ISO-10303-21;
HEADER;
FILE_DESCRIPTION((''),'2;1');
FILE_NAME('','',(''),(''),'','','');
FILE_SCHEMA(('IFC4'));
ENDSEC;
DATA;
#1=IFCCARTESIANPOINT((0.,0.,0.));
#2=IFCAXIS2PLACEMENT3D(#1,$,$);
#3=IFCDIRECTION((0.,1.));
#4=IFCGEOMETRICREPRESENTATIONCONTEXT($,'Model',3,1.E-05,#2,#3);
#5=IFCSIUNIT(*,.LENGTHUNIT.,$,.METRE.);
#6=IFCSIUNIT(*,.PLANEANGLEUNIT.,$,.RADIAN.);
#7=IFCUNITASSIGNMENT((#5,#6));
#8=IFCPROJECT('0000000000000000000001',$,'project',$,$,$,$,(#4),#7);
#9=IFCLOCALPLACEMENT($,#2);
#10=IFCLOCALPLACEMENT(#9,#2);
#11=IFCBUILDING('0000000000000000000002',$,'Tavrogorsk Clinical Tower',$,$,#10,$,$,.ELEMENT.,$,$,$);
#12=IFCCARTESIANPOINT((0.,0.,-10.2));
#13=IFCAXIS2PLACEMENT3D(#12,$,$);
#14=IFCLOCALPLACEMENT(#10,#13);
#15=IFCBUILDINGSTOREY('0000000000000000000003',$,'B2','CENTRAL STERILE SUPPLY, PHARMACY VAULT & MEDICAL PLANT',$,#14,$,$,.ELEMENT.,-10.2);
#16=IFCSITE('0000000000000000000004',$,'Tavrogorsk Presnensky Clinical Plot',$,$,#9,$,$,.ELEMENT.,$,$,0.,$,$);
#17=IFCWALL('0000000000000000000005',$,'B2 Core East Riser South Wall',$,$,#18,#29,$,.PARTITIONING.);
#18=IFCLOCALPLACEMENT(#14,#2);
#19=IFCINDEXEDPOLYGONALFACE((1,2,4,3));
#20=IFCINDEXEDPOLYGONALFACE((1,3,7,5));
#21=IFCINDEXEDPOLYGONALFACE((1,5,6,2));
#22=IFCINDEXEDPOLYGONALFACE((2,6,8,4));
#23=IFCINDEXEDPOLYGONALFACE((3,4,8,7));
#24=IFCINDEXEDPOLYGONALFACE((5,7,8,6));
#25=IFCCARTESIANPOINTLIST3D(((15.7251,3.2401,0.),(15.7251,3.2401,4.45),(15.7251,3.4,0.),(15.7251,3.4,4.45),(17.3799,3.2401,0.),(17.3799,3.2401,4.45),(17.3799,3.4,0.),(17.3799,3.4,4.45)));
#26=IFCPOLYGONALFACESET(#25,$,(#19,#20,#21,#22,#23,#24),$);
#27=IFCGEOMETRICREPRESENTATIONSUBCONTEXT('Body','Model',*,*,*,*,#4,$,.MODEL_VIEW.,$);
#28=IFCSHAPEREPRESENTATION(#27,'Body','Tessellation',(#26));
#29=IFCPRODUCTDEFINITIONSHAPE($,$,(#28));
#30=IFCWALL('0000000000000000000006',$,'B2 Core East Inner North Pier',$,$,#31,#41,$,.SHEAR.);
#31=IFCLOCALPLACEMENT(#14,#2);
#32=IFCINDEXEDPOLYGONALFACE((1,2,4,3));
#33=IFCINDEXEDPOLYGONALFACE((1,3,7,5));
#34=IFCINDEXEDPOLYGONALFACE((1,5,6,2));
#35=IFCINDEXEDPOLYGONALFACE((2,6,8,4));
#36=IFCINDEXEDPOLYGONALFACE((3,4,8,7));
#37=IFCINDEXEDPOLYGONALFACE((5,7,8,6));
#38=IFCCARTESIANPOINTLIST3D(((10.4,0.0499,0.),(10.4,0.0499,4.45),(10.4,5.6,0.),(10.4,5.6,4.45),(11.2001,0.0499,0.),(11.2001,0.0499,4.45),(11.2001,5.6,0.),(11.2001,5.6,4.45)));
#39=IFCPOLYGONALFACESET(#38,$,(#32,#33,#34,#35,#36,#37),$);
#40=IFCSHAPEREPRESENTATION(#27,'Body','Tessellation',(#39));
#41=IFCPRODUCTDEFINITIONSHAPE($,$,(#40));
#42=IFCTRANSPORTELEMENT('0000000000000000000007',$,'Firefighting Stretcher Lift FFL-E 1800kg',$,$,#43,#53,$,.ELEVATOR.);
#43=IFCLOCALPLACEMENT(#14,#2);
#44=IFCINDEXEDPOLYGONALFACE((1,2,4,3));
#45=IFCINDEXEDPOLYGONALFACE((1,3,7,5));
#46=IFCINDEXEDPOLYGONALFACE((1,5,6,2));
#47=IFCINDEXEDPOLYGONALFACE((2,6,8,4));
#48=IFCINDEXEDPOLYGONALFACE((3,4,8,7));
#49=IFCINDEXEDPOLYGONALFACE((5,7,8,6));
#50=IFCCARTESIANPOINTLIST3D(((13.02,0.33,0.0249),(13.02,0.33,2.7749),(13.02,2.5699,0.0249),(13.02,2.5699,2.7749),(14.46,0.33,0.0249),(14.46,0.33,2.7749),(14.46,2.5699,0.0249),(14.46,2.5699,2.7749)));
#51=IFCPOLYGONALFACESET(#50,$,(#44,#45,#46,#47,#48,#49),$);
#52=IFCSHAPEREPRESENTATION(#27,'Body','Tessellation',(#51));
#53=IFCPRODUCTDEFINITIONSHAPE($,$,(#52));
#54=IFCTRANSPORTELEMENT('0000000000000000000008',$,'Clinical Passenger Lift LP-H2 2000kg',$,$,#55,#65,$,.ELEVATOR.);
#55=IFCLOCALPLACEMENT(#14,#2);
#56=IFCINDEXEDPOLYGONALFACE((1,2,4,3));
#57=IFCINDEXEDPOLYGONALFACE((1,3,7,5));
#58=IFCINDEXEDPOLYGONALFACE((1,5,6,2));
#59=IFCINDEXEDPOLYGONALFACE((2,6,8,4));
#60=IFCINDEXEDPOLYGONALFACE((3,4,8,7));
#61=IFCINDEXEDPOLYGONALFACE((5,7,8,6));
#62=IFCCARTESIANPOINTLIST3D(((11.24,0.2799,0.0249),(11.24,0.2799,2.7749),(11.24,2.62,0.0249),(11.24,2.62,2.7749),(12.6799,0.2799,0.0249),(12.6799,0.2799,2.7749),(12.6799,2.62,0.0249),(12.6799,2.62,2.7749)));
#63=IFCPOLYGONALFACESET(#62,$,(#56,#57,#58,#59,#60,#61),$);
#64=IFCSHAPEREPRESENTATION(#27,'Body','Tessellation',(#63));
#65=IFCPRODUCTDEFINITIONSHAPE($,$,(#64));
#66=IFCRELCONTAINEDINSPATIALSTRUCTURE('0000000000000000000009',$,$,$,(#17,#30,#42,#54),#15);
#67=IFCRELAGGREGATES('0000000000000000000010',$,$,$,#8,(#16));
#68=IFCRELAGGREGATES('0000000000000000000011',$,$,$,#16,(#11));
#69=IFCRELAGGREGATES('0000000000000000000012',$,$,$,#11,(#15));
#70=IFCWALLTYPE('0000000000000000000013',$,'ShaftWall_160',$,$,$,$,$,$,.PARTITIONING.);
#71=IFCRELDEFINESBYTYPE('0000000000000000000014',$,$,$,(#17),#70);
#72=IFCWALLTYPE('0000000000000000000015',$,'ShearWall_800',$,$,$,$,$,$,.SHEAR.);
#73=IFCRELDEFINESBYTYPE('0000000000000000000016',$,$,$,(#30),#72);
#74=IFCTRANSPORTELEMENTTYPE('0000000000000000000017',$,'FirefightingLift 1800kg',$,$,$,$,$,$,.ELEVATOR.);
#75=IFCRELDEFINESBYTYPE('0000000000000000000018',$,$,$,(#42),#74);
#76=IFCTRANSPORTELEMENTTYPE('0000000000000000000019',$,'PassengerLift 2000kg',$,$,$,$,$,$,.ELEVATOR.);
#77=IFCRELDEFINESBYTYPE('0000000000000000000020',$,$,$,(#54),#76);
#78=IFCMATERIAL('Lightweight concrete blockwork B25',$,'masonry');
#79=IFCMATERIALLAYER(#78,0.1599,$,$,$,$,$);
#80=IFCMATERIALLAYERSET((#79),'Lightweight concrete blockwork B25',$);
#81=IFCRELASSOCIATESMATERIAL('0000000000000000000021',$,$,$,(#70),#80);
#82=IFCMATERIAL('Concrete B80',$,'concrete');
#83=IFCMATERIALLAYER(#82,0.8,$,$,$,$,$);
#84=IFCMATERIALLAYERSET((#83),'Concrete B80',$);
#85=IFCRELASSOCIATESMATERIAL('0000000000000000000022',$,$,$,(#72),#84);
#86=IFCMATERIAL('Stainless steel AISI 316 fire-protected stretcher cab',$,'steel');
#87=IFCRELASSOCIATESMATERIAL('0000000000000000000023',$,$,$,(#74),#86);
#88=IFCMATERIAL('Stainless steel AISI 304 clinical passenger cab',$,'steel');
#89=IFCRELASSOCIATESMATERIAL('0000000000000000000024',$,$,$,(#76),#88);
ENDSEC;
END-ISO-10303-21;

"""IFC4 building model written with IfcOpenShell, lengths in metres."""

from ifc_helpers import new_model, si_unit, direction, frame, frame_2d, origin, origin_2d, place, context, subcontext, project, spatial, rectangle, extrude, material, layer, layer_set, type_object, element, save


model = new_model("IFC4")

# Units and contexts
model_context = context("Model", 3, precision=1e-05, world=origin(), true_north=direction((0.0, 1.0)))
body_context = subcontext(model_context, "Body", "Model", "MODEL_VIEW")
ifc_project = project(units=[si_unit("LENGTHUNIT", "METRE"), si_unit("PLANEANGLEUNIT", "RADIAN")], contexts=[model_context])

# Site, building, storey
site_placement = place(None, origin())
site = spatial("IfcSite", under=ifc_project, at=site_placement, Name="Tavrogorsk Presnensky Clinical Plot", CompositionType="ELEMENT", RefElevation=0.0)
building_placement = place(site_placement, origin())
building = spatial("IfcBuilding", under=site, at=building_placement, Name="Tavrogorsk Clinical Tower", CompositionType="ELEMENT")
storey_placement = place(building_placement, frame((0.0, 0.0, -10.2)))
storey = spatial("IfcBuildingStorey", under=building, at=storey_placement, Name="B2", Description="CENTRAL STERILE SUPPLY, PHARMACY VAULT & MEDICAL PLANT", CompositionType="ELEMENT", Elevation=-10.2)

# Shared definitions
ifc_material_1 = material(Name="Lightweight concrete blockwork B25", Category="masonry")
ifc_layer_1 = layer(ifc_material_1, 0.1599)
ifc_layer_set_1 = layer_set([ifc_layer_1], Name="Lightweight concrete blockwork B25")
wall_type_1 = type_object("IfcWallType", Name="ShaftWall_160", PredefinedType="PARTITIONING", material=ifc_layer_set_1)

# Walls
wall_1_placement = place(storey_placement, frame((15.7251, 3.3201, 0.0), z_axis=(0.0, 0.0, 1.0), x_axis=(1.0, 0.0, 0.0)))
element("IfcWall", 1, at=wall_1_placement, inside=storey, type_object=wall_type_1, Name="B2 Core East Riser South Wall", PredefinedType="PARTITIONING", context=body_context, shape_type="SweptSolid", body=[
    extrude(rectangle(XDim=1.6548, YDim=0.1599, at=frame_2d((0.8274, 0.0))), origin(), (0.0, 0.0, 1.0), 4.45),
])
ifc_material_2 = material(Name="Concrete B80", Category="concrete")
ifc_layer_2 = layer(ifc_material_2, 0.8)
ifc_layer_set_2 = layer_set([ifc_layer_2], Name="Concrete B80")
wall_type_2 = type_object("IfcWallType", Name="ShearWall_800", PredefinedType="SHEAR", material=ifc_layer_set_2)
wall_2_placement = place(storey_placement, frame((10.8, 0.05, 0.0), z_axis=(0.0, 0.0, 1.0), x_axis=(0.0, 1.0, 0.0)))
element("IfcWall", 2, at=wall_2_placement, inside=storey, type_object=wall_type_2, Name="B2 Core East Inner North Pier", PredefinedType="SHEAR", context=body_context, shape_type="SweptSolid", body=[
    extrude(rectangle(XDim=5.55, YDim=0.8, at=frame_2d((2.7749, 0.0))), origin(), (0.0, 0.0, 1.0), 4.45),
])

# Transport elements
ifc_material_3 = material(Name="Stainless steel AISI 316 fire-protected stretcher cab", Category="steel")
transport_element_type_1 = type_object("IfcTransportElementType", Name="FirefightingLift 1800kg", PredefinedType="ELEVATOR", material=ifc_material_3)
transport_element_1_placement = place(storey_placement, frame((13.74, 1.45, 0.0249), z_axis=(0.0, 0.0, 1.0), x_axis=(1.0, 0.0, 0.0)))
element("IfcTransportElement", 3, at=transport_element_1_placement, inside=storey, type_object=transport_element_type_1, Name="Firefighting Stretcher Lift FFL-E 1800kg", PredefinedType="ELEVATOR", context=body_context, shape_type="SweptSolid", body=[
    extrude(rectangle(XDim=1.4399, YDim=2.24, at=origin_2d()), origin(), (0.0, 0.0, 1.0), 2.75),
])
ifc_material_4 = material(Name="Stainless steel AISI 304 clinical passenger cab", Category="steel")
transport_element_type_2 = type_object("IfcTransportElementType", Name="PassengerLift 2000kg", PredefinedType="ELEVATOR", material=ifc_material_4)
transport_element_2_placement = place(storey_placement, frame((11.96, 1.45, 0.0249), z_axis=(0.0, 0.0, 1.0), x_axis=(1.0, 0.0, 0.0)))
element("IfcTransportElement", 4, at=transport_element_2_placement, inside=storey, type_object=transport_element_type_2, Name="Clinical Passenger Lift LP-H2 2000kg", PredefinedType="ELEVATOR", context=body_context, shape_type="SweptSolid", body=[
    extrude(rectangle(XDim=1.4399, YDim=2.3401, at=origin_2d()), origin(), (0.0, 0.0, 1.0), 2.75),
])

save(model, "model.ifc")
